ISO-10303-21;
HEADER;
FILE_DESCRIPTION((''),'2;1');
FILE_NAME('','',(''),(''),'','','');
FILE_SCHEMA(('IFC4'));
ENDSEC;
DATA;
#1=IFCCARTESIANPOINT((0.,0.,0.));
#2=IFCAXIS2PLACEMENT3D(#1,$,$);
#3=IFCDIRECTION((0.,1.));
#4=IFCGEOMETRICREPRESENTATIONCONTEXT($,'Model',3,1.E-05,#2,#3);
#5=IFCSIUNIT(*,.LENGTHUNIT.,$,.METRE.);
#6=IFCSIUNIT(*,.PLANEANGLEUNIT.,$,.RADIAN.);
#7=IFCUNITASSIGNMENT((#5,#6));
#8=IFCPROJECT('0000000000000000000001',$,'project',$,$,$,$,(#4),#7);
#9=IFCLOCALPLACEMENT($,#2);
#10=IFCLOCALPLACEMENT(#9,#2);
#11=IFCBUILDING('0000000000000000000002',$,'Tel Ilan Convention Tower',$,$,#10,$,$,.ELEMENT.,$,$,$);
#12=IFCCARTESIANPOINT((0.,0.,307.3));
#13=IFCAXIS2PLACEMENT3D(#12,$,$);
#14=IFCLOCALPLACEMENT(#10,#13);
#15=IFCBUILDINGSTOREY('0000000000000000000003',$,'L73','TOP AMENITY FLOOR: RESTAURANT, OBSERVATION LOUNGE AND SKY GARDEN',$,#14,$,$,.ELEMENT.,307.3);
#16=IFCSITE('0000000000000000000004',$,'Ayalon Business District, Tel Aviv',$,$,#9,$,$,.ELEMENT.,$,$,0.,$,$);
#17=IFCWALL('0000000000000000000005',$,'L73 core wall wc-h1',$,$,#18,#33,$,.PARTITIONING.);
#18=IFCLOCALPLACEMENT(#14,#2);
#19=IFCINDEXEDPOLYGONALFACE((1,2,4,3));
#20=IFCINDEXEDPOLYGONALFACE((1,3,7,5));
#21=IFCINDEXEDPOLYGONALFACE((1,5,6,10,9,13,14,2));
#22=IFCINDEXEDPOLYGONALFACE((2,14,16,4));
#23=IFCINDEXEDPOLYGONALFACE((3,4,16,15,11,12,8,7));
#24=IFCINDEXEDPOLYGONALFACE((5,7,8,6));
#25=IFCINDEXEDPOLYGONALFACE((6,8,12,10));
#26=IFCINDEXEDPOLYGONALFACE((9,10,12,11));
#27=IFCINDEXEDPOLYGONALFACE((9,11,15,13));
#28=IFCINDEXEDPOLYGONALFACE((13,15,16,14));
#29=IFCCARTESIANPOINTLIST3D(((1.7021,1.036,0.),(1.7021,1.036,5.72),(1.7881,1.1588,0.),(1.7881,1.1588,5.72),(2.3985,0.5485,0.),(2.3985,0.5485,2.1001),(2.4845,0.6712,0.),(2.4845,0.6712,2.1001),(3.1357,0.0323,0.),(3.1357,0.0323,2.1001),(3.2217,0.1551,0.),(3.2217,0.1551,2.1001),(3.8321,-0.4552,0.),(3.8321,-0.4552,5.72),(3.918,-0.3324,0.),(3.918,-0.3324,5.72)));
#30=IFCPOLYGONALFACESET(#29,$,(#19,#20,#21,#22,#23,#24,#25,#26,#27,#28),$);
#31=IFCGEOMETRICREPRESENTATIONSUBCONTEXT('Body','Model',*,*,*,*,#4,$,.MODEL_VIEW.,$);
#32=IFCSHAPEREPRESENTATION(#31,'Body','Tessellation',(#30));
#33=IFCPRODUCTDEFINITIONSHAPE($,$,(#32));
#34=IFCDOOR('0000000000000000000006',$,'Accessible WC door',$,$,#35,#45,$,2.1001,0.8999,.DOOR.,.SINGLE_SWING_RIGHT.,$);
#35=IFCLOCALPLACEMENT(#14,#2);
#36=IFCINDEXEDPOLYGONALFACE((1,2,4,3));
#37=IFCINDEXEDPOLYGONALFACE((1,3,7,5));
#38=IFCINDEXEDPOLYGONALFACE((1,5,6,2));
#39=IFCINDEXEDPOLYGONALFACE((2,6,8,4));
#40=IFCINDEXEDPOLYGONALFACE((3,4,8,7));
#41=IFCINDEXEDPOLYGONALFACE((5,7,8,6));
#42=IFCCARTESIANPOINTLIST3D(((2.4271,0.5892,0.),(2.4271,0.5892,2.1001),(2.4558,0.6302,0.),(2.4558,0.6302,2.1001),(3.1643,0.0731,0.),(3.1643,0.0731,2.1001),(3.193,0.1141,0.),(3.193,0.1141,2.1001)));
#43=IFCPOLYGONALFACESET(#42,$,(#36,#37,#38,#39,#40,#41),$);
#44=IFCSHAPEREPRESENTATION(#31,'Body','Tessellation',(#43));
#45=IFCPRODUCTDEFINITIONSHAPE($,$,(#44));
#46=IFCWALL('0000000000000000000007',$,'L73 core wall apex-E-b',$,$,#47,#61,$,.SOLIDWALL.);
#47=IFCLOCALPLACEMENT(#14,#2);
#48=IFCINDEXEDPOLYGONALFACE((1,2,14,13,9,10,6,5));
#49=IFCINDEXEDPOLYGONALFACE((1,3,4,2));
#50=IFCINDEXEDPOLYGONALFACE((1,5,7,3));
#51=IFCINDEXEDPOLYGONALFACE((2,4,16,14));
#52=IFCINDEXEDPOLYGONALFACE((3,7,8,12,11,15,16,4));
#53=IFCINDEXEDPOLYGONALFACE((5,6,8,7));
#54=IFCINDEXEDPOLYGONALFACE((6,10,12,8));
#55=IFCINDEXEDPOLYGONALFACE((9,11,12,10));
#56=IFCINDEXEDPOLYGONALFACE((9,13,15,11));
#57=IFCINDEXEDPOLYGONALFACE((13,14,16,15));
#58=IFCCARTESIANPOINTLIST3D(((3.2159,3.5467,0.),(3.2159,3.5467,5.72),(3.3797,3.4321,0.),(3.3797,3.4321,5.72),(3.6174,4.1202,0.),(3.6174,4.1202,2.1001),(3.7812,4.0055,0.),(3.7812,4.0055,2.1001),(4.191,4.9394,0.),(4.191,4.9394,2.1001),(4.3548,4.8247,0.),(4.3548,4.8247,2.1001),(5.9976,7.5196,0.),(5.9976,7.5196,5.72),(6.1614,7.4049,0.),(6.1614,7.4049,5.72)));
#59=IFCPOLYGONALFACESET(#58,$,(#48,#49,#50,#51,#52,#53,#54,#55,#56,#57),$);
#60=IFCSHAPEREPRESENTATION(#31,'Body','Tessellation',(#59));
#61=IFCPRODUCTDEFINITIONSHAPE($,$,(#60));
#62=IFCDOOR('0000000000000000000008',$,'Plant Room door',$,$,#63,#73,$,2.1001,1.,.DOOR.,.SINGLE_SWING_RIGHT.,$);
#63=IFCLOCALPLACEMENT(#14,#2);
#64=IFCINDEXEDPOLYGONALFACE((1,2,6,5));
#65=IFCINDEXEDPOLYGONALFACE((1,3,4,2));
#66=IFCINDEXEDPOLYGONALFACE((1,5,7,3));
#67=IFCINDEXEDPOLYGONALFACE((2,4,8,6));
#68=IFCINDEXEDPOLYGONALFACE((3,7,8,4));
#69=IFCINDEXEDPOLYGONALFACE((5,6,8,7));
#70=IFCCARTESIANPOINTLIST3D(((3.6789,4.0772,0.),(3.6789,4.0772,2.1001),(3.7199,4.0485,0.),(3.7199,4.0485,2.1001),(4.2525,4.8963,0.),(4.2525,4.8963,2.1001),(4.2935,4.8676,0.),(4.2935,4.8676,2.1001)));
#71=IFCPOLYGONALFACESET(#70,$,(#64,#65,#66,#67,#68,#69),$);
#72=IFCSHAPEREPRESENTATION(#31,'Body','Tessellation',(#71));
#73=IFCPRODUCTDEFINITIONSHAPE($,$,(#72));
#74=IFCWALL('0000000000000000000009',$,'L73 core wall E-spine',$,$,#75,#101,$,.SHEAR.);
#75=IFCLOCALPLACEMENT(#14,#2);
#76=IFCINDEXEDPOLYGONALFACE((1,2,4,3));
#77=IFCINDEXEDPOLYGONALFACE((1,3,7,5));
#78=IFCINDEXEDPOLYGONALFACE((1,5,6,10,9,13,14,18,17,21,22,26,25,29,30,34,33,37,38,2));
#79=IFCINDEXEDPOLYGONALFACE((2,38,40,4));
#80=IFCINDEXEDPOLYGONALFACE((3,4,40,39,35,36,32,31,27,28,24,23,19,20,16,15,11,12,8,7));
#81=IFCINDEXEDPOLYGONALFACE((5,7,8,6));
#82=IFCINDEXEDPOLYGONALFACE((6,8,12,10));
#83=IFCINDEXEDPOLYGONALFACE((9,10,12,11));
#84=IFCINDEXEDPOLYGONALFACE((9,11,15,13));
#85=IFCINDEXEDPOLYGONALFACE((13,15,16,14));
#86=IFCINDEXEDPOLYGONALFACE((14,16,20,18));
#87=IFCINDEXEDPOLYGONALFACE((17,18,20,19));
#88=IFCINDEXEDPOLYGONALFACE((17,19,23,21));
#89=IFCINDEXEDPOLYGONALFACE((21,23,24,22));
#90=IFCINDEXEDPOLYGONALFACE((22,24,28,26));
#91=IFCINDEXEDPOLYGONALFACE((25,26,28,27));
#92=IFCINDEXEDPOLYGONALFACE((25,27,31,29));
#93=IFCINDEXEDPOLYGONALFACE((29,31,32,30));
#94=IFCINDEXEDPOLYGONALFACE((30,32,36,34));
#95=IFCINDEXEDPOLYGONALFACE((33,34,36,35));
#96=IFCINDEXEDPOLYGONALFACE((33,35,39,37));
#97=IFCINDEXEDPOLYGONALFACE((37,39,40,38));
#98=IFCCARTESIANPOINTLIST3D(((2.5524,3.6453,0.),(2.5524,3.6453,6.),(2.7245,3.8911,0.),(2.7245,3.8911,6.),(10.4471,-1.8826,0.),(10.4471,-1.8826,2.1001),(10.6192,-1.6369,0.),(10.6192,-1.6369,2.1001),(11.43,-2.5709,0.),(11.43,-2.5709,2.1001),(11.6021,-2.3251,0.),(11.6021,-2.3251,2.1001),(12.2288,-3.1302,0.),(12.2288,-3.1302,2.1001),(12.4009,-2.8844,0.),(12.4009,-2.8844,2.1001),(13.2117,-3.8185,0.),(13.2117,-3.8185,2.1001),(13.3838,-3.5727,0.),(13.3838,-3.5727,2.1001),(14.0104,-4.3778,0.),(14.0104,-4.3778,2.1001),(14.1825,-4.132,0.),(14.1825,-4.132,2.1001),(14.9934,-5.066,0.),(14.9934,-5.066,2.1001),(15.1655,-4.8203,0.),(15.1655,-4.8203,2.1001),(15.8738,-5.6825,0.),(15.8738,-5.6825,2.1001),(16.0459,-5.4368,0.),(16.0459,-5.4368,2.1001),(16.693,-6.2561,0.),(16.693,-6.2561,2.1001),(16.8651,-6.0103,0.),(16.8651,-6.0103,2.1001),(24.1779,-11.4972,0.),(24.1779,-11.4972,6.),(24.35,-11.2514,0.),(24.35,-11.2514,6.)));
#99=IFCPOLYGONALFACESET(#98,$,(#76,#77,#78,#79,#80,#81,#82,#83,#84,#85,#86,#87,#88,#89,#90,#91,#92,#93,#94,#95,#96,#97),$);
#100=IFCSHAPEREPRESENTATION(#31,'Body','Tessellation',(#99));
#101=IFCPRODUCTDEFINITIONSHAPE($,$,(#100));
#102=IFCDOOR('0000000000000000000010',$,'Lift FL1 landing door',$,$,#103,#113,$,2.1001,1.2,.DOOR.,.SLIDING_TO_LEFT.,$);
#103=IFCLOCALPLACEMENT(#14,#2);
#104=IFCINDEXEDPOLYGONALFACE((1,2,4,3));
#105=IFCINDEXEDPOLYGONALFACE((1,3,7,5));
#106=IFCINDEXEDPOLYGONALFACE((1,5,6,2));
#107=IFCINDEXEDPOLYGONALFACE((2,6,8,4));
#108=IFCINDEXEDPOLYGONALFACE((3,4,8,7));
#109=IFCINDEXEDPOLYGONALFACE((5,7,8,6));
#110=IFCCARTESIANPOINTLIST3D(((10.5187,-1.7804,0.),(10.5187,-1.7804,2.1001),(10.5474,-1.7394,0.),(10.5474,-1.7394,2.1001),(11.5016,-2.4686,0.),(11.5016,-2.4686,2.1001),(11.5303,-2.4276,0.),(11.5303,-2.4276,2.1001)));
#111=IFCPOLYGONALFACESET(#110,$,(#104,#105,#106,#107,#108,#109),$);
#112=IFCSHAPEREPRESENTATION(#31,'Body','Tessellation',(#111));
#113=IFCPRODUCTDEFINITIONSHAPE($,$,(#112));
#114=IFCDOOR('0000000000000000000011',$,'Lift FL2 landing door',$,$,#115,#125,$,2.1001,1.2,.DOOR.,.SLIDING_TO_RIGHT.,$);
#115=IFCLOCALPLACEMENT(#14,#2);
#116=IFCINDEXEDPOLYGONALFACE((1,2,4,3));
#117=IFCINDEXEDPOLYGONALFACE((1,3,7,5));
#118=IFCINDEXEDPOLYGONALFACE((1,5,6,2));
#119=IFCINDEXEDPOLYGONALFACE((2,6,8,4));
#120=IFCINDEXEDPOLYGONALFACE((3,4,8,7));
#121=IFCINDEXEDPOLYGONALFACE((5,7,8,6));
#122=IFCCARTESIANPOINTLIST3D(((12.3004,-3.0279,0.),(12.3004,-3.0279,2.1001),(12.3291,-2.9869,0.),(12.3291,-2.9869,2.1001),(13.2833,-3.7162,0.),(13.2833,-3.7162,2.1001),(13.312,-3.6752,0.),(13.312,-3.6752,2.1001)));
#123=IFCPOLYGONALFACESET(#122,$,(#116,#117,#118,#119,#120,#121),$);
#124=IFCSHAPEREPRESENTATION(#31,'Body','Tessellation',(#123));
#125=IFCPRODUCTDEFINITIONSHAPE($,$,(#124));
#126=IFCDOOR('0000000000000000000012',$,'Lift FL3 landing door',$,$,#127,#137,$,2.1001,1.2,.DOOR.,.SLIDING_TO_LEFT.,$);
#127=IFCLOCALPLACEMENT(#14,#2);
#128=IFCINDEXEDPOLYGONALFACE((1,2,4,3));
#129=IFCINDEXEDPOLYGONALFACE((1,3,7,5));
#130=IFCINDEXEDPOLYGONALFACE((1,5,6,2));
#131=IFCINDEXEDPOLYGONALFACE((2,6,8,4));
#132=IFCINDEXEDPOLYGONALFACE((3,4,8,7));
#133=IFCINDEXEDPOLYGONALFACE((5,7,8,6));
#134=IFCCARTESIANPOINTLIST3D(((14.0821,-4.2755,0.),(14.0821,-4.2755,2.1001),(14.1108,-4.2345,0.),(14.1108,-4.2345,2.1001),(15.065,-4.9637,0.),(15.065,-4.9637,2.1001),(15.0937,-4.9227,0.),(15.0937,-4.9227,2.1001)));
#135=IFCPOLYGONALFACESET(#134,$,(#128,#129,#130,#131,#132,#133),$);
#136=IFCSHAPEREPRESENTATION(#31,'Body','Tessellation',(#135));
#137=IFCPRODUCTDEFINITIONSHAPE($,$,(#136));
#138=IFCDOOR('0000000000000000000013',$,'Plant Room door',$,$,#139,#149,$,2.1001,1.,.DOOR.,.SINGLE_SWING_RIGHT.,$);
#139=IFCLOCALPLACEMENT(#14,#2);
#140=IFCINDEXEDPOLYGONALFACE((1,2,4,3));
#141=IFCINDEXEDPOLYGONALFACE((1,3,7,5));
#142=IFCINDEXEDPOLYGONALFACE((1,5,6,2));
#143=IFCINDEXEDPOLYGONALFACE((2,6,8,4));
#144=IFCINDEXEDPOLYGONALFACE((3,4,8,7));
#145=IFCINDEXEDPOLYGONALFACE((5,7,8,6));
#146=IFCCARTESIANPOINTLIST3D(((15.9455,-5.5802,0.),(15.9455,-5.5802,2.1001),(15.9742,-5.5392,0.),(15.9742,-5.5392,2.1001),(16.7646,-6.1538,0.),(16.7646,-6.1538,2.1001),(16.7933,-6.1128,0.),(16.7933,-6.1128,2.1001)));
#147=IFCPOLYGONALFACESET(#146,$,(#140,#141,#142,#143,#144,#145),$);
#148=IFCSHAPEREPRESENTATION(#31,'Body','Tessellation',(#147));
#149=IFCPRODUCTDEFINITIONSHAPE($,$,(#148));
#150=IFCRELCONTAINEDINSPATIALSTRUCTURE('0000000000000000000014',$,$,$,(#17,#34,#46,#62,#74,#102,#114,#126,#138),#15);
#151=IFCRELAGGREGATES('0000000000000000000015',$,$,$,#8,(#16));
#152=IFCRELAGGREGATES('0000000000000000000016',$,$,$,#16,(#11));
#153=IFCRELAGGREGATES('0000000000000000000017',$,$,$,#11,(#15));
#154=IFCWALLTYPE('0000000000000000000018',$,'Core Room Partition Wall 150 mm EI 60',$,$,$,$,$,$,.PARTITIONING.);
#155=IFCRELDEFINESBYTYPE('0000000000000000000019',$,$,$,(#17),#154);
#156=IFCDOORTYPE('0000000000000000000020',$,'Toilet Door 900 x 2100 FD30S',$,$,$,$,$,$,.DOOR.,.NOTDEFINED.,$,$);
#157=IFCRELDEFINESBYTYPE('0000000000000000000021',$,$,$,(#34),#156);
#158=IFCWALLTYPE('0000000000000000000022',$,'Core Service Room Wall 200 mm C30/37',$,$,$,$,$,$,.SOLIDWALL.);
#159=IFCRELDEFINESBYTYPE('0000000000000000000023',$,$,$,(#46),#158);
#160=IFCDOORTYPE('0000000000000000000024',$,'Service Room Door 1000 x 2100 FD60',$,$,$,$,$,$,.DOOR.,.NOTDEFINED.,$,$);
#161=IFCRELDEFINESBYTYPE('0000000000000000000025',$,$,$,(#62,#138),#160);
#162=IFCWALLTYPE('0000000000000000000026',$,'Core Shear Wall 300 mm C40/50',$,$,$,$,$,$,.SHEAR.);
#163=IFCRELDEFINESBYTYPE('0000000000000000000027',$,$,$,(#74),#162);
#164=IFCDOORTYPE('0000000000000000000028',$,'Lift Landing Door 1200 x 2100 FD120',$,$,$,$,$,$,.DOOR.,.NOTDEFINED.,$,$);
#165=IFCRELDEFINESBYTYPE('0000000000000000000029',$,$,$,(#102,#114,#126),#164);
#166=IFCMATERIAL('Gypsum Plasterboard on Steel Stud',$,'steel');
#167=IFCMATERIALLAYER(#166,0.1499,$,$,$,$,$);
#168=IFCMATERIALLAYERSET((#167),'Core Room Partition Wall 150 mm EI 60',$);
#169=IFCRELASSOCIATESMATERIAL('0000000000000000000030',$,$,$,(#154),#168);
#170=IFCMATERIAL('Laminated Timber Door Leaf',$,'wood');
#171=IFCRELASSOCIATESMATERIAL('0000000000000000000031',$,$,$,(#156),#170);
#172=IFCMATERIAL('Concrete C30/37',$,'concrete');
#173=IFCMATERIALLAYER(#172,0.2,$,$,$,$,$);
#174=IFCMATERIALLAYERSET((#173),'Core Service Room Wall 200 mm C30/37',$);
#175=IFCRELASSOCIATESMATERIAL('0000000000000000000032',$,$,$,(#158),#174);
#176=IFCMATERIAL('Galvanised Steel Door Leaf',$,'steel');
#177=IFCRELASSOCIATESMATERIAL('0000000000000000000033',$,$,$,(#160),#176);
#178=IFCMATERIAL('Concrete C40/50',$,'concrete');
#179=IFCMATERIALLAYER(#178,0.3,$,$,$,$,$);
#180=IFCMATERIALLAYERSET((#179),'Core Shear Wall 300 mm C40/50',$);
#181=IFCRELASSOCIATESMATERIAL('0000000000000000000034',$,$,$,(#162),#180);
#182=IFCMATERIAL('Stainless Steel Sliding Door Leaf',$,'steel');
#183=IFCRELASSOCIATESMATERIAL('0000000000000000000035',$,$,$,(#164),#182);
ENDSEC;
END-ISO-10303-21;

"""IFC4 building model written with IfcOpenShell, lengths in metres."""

from ifc_helpers import new_model, si_unit, direction, frame, frame_2d, origin, place, context, subcontext, project, spatial, polyline, rectangle, outline, extrude, material, layer, layer_set, type_object, element, fill, save


model = new_model("IFC4")

# Units and contexts
model_context = context("Model", 3, precision=1e-05, world=origin(), true_north=direction((0.0, 1.0)))
body_context = subcontext(model_context, "Body", "Model", "MODEL_VIEW")
ifc_project = project(units=[si_unit("LENGTHUNIT", "METRE"), si_unit("PLANEANGLEUNIT", "RADIAN")], contexts=[model_context])

# Site, building, storey
site_placement = place(None, origin())
site = spatial("IfcSite", under=ifc_project, at=site_placement, Name="Ayalon Business District, Tel Aviv", CompositionType="ELEMENT", RefElevation=0.0)
building_placement = place(site_placement, origin())
building = spatial("IfcBuilding", under=site, at=building_placement, Name="Tel Ilan Convention Tower", CompositionType="ELEMENT")
storey_placement = place(building_placement, frame((0.0, 0.0, 307.3)))
storey = spatial("IfcBuildingStorey", under=building, at=storey_placement, Name="L73", Description="TOP AMENITY FLOOR: RESTAURANT, OBSERVATION LOUNGE AND SKY GARDEN", CompositionType="ELEMENT", Elevation=307.3)

# Walls, openings, doors
ifc_material_1 = material(Name="Gypsum Plasterboard on Steel Stud", Category="steel")
ifc_layer_1 = layer(ifc_material_1, 0.1499)
ifc_layer_set_1 = layer_set([ifc_layer_1], Name="Core Room Partition Wall 150 mm EI 60")
wall_type_1 = type_object("IfcWallType", Name="Core Room Partition Wall 150 mm EI 60", PredefinedType="PARTITIONING", material=ifc_layer_set_1)
wall_1_placement = place(storey_placement, frame((1.7451, 1.0974, 0.0), z_axis=(0.0, 0.0, 1.0), x_axis=(0.819179, -0.573538, 0.0)))
wall_1 = element("IfcWall", 1, at=wall_1_placement, inside=storey, type_object=wall_type_1, Name="L73 core wall wc-h1", PredefinedType="PARTITIONING", context=body_context, shape_type="SweptSolid", body=[
    extrude(rectangle(XDim=2.6001, YDim=0.1499, at=frame_2d((1.3, 0.0))), origin(), (0.0, 0.0, 1.0), 5.72),
])
opening_1_placement = place(wall_1_placement, frame((0.8501, 0.0, 0.0)))
opening_1 = element("IfcOpeningElement", 2, at=opening_1_placement, cuts=wall_1, PredefinedType="OPENING", context=body_context, shape_type="SweptSolid", body=[
    extrude(rectangle(XDim=0.8999, YDim=2.1001, at=frame_2d((0.45, 1.05))), frame((0.0, 0.085, 0.0), z_axis=(0.0, -1.0, 0.0), x_axis=(1.0, 0.0, 0.0)), (0.0, 0.0, 1.0), 0.1699),
])
ifc_material_2 = material(Name="Laminated Timber Door Leaf", Category="wood")
door_type_1 = type_object("IfcDoorType", Name="Toilet Door 900 x 2100 FD30S", OperationType="NOTDEFINED", PredefinedType="DOOR", material=ifc_material_2)
door_1_placement = place(opening_1_placement, origin())
door_1 = element("IfcDoor", 3, at=door_1_placement, inside=storey, type_object=door_type_1, Name="Accessible WC door", OperationType="SINGLE_SWING_RIGHT", OverallHeight=2.1001, OverallWidth=0.8999, PredefinedType="DOOR", context=body_context, shape_type="SweptSolid", body=[
    extrude(rectangle(XDim=0.8999, YDim=2.1001, at=frame_2d((0.45, 1.05))), frame((0.0, 0.0249, 0.0), z_axis=(0.0, -1.0, 0.0), x_axis=(1.0, 0.0, 0.0)), (0.0, 0.0, 1.0), 0.05),
])
fill(opening_1, door_1)
ifc_material_3 = material(Name="Concrete C30/37", Category="concrete")
ifc_layer_2 = layer(ifc_material_3, 0.2)
ifc_layer_set_2 = layer_set([ifc_layer_2], Name="Core Service Room Wall 200 mm C30/37")
wall_type_2 = type_object("IfcWallType", Name="Core Service Room Wall 200 mm C30/37", PredefinedType="SOLIDWALL", material=ifc_layer_set_2)
wall_2_placement = place(storey_placement, frame((3.2979, 3.4895, 0.0), z_axis=(0.0, 0.0, 1.0), x_axis=(0.57356, 0.819163, 0.0)))
wall_2 = element("IfcWall", 4, at=wall_2_placement, inside=storey, type_object=wall_type_2, Name="L73 core wall apex-E-b", PredefinedType="SOLIDWALL", context=body_context, shape_type="SweptSolid", body=[
    extrude(rectangle(XDim=4.8499, YDim=0.2, at=frame_2d((2.4248, 0.0))), origin(), (0.0, 0.0, 1.0), 5.72),
])
opening_2_placement = place(wall_2_placement, frame((0.7, 0.0, 0.0)))
opening_2 = element("IfcOpeningElement", 5, at=opening_2_placement, cuts=wall_2, PredefinedType="OPENING", context=body_context, shape_type="SweptSolid", body=[
    extrude(rectangle(XDim=1.0, YDim=2.1001, at=frame_2d((0.5, 1.05))), frame((0.0, 0.1099, 0.0), z_axis=(0.0, -1.0, 0.0), x_axis=(1.0, 0.0, 0.0)), (0.0, 0.0, 1.0), 0.22),
])
ifc_material_4 = material(Name="Galvanised Steel Door Leaf", Category="steel")
door_type_2 = type_object("IfcDoorType", Name="Service Room Door 1000 x 2100 FD60", OperationType="NOTDEFINED", PredefinedType="DOOR", material=ifc_material_4)
door_2_placement = place(opening_2_placement, origin())
door_2 = element("IfcDoor", 6, at=door_2_placement, inside=storey, type_object=door_type_2, Name="Plant Room door", OperationType="SINGLE_SWING_RIGHT", OverallHeight=2.1001, OverallWidth=1.0, PredefinedType="DOOR", context=body_context, shape_type="SweptSolid", body=[
    extrude(rectangle(XDim=1.0, YDim=2.1001, at=frame_2d((0.5, 1.05))), frame((0.0, 0.0249, 0.0), z_axis=(0.0, -1.0, 0.0), x_axis=(1.0, 0.0, 0.0)), (0.0, 0.0, 1.0), 0.05),
])
fill(opening_2, door_2)

# Wall, openings, doors
ifc_material_5 = material(Name="Concrete C40/50", Category="concrete")
ifc_layer_3 = layer(ifc_material_5, 0.3)
ifc_layer_set_3 = layer_set([ifc_layer_3], Name="Core Shear Wall 300 mm C40/50")
wall_type_3 = type_object("IfcWallType", Name="Core Shear Wall 300 mm C40/50", PredefinedType="SHEAR", material=ifc_layer_set_3)
wall_3_placement = place(storey_placement, frame((2.6384, 3.7681, 0.0), z_axis=(0.0, 0.0, 1.0), x_axis=(0.819155, -0.573572, 0.0)))
wall_3 = element("IfcWall", 7, at=wall_3_placement, inside=storey, type_object=wall_type_3, Name="L73 core wall E-spine", PredefinedType="SHEAR", context=body_context, shape_type="SweptSolid", body=[
    extrude(outline(polyline([(0.0, 0.1501), (0.0, -0.1499), (26.3999, -0.1501), (26.3999, 0.1499), (0.0, 0.1501)])), origin(), (0.0, 0.0, 1.0), 6.0),
])
opening_3_placement = place(wall_3_placement, frame((9.6375, 0.0, 0.0)))
opening_3 = element("IfcOpeningElement", 8, at=opening_3_placement, cuts=wall_3, PredefinedType="OPENING", context=body_context, shape_type="SweptSolid", body=[
    extrude(rectangle(XDim=1.2, YDim=2.1001, at=frame_2d((0.6001, 1.05))), frame((0.0, 0.1599, 0.0), z_axis=(0.0, -1.0, 0.0), x_axis=(1.0, 0.0, 0.0)), (0.0, 0.0, 1.0), 0.3201),
])
opening_4_placement = place(wall_3_placement, frame((11.8125, 0.0, 0.0)))
opening_4 = element("IfcOpeningElement", 9, at=opening_4_placement, cuts=wall_3, PredefinedType="OPENING", context=body_context, shape_type="SweptSolid", body=[
    extrude(rectangle(XDim=1.2, YDim=2.1001, at=frame_2d((0.6001, 1.05))), frame((0.0, 0.1599, 0.0), z_axis=(0.0, -1.0, 0.0), x_axis=(1.0, 0.0, 0.0)), (0.0, 0.0, 1.0), 0.3201),
])
opening_5_placement = place(wall_3_placement, frame((13.9875, 0.0, 0.0)))
opening_5 = element("IfcOpeningElement", 10, at=opening_5_placement, cuts=wall_3, PredefinedType="OPENING", context=body_context, shape_type="SweptSolid", body=[
    extrude(rectangle(XDim=1.2, YDim=2.1001, at=frame_2d((0.6001, 1.05))), frame((0.0, 0.1599, 0.0), z_axis=(0.0, -1.0, 0.0), x_axis=(1.0, 0.0, 0.0)), (0.0, 0.0, 1.0), 0.3201),
])
opening_6_placement = place(wall_3_placement, frame((16.2625, 0.0, 0.0)))
opening_6 = element("IfcOpeningElement", 11, at=opening_6_placement, cuts=wall_3, PredefinedType="OPENING", context=body_context, shape_type="SweptSolid", body=[
    extrude(rectangle(XDim=1.0, YDim=2.1001, at=frame_2d((0.5, 1.05))), frame((0.0, 0.1599, 0.0), z_axis=(0.0, -1.0, 0.0), x_axis=(1.0, 0.0, 0.0)), (0.0, 0.0, 1.0), 0.3201),
])
ifc_material_6 = material(Name="Stainless Steel Sliding Door Leaf", Category="steel")
door_type_3 = type_object("IfcDoorType", Name="Lift Landing Door 1200 x 2100 FD120", OperationType="NOTDEFINED", PredefinedType="DOOR", material=ifc_material_6)
door_3_placement = place(opening_3_placement, origin())
door_3 = element("IfcDoor", 12, at=door_3_placement, inside=storey, type_object=door_type_3, Name="Lift FL1 landing door", OperationType="SLIDING_TO_LEFT", OverallHeight=2.1001, OverallWidth=1.2, PredefinedType="DOOR", context=body_context, shape_type="SweptSolid", body=[
    extrude(rectangle(XDim=1.2, YDim=2.1001, at=frame_2d((0.6001, 1.05))), frame((0.0, 0.0249, 0.0), z_axis=(0.0, -1.0, 0.0), x_axis=(1.0, 0.0, 0.0)), (0.0, 0.0, 1.0), 0.05),
])
fill(opening_3, door_3)
door_4_placement = place(opening_4_placement, origin())
door_4 = element("IfcDoor", 13, at=door_4_placement, inside=storey, type_object=door_type_3, Name="Lift FL2 landing door", OperationType="SLIDING_TO_RIGHT", OverallHeight=2.1001, OverallWidth=1.2, PredefinedType="DOOR", context=body_context, shape_type="SweptSolid", body=[
    extrude(rectangle(XDim=1.2, YDim=2.1001, at=frame_2d((0.6001, 1.05))), frame((0.0, 0.0249, 0.0), z_axis=(0.0, -1.0, 0.0), x_axis=(1.0, 0.0, 0.0)), (0.0, 0.0, 1.0), 0.05),
])
fill(opening_4, door_4)
door_5_placement = place(opening_5_placement, origin())
door_5 = element("IfcDoor", 14, at=door_5_placement, inside=storey, type_object=door_type_3, Name="Lift FL3 landing door", OperationType="SLIDING_TO_LEFT", OverallHeight=2.1001, OverallWidth=1.2, PredefinedType="DOOR", context=body_context, shape_type="SweptSolid", body=[
    extrude(rectangle(XDim=1.2, YDim=2.1001, at=frame_2d((0.6001, 1.05))), frame((0.0, 0.0249, 0.0), z_axis=(0.0, -1.0, 0.0), x_axis=(1.0, 0.0, 0.0)), (0.0, 0.0, 1.0), 0.05),
])
fill(opening_5, door_5)
door_6_placement = place(opening_6_placement, origin())
door_6 = element("IfcDoor", 15, at=door_6_placement, inside=storey, type_object=door_type_2, Name="Plant Room door", OperationType="SINGLE_SWING_RIGHT", OverallHeight=2.1001, OverallWidth=1.0, PredefinedType="DOOR", context=body_context, shape_type="SweptSolid", body=[
    extrude(rectangle(XDim=1.0, YDim=2.1001, at=frame_2d((0.5, 1.05))), frame((0.0, 0.0249, 0.0), z_axis=(0.0, -1.0, 0.0), x_axis=(1.0, 0.0, 0.0)), (0.0, 0.0, 1.0), 0.05),
])
fill(opening_6, door_6)

save(model, "model.ifc")
